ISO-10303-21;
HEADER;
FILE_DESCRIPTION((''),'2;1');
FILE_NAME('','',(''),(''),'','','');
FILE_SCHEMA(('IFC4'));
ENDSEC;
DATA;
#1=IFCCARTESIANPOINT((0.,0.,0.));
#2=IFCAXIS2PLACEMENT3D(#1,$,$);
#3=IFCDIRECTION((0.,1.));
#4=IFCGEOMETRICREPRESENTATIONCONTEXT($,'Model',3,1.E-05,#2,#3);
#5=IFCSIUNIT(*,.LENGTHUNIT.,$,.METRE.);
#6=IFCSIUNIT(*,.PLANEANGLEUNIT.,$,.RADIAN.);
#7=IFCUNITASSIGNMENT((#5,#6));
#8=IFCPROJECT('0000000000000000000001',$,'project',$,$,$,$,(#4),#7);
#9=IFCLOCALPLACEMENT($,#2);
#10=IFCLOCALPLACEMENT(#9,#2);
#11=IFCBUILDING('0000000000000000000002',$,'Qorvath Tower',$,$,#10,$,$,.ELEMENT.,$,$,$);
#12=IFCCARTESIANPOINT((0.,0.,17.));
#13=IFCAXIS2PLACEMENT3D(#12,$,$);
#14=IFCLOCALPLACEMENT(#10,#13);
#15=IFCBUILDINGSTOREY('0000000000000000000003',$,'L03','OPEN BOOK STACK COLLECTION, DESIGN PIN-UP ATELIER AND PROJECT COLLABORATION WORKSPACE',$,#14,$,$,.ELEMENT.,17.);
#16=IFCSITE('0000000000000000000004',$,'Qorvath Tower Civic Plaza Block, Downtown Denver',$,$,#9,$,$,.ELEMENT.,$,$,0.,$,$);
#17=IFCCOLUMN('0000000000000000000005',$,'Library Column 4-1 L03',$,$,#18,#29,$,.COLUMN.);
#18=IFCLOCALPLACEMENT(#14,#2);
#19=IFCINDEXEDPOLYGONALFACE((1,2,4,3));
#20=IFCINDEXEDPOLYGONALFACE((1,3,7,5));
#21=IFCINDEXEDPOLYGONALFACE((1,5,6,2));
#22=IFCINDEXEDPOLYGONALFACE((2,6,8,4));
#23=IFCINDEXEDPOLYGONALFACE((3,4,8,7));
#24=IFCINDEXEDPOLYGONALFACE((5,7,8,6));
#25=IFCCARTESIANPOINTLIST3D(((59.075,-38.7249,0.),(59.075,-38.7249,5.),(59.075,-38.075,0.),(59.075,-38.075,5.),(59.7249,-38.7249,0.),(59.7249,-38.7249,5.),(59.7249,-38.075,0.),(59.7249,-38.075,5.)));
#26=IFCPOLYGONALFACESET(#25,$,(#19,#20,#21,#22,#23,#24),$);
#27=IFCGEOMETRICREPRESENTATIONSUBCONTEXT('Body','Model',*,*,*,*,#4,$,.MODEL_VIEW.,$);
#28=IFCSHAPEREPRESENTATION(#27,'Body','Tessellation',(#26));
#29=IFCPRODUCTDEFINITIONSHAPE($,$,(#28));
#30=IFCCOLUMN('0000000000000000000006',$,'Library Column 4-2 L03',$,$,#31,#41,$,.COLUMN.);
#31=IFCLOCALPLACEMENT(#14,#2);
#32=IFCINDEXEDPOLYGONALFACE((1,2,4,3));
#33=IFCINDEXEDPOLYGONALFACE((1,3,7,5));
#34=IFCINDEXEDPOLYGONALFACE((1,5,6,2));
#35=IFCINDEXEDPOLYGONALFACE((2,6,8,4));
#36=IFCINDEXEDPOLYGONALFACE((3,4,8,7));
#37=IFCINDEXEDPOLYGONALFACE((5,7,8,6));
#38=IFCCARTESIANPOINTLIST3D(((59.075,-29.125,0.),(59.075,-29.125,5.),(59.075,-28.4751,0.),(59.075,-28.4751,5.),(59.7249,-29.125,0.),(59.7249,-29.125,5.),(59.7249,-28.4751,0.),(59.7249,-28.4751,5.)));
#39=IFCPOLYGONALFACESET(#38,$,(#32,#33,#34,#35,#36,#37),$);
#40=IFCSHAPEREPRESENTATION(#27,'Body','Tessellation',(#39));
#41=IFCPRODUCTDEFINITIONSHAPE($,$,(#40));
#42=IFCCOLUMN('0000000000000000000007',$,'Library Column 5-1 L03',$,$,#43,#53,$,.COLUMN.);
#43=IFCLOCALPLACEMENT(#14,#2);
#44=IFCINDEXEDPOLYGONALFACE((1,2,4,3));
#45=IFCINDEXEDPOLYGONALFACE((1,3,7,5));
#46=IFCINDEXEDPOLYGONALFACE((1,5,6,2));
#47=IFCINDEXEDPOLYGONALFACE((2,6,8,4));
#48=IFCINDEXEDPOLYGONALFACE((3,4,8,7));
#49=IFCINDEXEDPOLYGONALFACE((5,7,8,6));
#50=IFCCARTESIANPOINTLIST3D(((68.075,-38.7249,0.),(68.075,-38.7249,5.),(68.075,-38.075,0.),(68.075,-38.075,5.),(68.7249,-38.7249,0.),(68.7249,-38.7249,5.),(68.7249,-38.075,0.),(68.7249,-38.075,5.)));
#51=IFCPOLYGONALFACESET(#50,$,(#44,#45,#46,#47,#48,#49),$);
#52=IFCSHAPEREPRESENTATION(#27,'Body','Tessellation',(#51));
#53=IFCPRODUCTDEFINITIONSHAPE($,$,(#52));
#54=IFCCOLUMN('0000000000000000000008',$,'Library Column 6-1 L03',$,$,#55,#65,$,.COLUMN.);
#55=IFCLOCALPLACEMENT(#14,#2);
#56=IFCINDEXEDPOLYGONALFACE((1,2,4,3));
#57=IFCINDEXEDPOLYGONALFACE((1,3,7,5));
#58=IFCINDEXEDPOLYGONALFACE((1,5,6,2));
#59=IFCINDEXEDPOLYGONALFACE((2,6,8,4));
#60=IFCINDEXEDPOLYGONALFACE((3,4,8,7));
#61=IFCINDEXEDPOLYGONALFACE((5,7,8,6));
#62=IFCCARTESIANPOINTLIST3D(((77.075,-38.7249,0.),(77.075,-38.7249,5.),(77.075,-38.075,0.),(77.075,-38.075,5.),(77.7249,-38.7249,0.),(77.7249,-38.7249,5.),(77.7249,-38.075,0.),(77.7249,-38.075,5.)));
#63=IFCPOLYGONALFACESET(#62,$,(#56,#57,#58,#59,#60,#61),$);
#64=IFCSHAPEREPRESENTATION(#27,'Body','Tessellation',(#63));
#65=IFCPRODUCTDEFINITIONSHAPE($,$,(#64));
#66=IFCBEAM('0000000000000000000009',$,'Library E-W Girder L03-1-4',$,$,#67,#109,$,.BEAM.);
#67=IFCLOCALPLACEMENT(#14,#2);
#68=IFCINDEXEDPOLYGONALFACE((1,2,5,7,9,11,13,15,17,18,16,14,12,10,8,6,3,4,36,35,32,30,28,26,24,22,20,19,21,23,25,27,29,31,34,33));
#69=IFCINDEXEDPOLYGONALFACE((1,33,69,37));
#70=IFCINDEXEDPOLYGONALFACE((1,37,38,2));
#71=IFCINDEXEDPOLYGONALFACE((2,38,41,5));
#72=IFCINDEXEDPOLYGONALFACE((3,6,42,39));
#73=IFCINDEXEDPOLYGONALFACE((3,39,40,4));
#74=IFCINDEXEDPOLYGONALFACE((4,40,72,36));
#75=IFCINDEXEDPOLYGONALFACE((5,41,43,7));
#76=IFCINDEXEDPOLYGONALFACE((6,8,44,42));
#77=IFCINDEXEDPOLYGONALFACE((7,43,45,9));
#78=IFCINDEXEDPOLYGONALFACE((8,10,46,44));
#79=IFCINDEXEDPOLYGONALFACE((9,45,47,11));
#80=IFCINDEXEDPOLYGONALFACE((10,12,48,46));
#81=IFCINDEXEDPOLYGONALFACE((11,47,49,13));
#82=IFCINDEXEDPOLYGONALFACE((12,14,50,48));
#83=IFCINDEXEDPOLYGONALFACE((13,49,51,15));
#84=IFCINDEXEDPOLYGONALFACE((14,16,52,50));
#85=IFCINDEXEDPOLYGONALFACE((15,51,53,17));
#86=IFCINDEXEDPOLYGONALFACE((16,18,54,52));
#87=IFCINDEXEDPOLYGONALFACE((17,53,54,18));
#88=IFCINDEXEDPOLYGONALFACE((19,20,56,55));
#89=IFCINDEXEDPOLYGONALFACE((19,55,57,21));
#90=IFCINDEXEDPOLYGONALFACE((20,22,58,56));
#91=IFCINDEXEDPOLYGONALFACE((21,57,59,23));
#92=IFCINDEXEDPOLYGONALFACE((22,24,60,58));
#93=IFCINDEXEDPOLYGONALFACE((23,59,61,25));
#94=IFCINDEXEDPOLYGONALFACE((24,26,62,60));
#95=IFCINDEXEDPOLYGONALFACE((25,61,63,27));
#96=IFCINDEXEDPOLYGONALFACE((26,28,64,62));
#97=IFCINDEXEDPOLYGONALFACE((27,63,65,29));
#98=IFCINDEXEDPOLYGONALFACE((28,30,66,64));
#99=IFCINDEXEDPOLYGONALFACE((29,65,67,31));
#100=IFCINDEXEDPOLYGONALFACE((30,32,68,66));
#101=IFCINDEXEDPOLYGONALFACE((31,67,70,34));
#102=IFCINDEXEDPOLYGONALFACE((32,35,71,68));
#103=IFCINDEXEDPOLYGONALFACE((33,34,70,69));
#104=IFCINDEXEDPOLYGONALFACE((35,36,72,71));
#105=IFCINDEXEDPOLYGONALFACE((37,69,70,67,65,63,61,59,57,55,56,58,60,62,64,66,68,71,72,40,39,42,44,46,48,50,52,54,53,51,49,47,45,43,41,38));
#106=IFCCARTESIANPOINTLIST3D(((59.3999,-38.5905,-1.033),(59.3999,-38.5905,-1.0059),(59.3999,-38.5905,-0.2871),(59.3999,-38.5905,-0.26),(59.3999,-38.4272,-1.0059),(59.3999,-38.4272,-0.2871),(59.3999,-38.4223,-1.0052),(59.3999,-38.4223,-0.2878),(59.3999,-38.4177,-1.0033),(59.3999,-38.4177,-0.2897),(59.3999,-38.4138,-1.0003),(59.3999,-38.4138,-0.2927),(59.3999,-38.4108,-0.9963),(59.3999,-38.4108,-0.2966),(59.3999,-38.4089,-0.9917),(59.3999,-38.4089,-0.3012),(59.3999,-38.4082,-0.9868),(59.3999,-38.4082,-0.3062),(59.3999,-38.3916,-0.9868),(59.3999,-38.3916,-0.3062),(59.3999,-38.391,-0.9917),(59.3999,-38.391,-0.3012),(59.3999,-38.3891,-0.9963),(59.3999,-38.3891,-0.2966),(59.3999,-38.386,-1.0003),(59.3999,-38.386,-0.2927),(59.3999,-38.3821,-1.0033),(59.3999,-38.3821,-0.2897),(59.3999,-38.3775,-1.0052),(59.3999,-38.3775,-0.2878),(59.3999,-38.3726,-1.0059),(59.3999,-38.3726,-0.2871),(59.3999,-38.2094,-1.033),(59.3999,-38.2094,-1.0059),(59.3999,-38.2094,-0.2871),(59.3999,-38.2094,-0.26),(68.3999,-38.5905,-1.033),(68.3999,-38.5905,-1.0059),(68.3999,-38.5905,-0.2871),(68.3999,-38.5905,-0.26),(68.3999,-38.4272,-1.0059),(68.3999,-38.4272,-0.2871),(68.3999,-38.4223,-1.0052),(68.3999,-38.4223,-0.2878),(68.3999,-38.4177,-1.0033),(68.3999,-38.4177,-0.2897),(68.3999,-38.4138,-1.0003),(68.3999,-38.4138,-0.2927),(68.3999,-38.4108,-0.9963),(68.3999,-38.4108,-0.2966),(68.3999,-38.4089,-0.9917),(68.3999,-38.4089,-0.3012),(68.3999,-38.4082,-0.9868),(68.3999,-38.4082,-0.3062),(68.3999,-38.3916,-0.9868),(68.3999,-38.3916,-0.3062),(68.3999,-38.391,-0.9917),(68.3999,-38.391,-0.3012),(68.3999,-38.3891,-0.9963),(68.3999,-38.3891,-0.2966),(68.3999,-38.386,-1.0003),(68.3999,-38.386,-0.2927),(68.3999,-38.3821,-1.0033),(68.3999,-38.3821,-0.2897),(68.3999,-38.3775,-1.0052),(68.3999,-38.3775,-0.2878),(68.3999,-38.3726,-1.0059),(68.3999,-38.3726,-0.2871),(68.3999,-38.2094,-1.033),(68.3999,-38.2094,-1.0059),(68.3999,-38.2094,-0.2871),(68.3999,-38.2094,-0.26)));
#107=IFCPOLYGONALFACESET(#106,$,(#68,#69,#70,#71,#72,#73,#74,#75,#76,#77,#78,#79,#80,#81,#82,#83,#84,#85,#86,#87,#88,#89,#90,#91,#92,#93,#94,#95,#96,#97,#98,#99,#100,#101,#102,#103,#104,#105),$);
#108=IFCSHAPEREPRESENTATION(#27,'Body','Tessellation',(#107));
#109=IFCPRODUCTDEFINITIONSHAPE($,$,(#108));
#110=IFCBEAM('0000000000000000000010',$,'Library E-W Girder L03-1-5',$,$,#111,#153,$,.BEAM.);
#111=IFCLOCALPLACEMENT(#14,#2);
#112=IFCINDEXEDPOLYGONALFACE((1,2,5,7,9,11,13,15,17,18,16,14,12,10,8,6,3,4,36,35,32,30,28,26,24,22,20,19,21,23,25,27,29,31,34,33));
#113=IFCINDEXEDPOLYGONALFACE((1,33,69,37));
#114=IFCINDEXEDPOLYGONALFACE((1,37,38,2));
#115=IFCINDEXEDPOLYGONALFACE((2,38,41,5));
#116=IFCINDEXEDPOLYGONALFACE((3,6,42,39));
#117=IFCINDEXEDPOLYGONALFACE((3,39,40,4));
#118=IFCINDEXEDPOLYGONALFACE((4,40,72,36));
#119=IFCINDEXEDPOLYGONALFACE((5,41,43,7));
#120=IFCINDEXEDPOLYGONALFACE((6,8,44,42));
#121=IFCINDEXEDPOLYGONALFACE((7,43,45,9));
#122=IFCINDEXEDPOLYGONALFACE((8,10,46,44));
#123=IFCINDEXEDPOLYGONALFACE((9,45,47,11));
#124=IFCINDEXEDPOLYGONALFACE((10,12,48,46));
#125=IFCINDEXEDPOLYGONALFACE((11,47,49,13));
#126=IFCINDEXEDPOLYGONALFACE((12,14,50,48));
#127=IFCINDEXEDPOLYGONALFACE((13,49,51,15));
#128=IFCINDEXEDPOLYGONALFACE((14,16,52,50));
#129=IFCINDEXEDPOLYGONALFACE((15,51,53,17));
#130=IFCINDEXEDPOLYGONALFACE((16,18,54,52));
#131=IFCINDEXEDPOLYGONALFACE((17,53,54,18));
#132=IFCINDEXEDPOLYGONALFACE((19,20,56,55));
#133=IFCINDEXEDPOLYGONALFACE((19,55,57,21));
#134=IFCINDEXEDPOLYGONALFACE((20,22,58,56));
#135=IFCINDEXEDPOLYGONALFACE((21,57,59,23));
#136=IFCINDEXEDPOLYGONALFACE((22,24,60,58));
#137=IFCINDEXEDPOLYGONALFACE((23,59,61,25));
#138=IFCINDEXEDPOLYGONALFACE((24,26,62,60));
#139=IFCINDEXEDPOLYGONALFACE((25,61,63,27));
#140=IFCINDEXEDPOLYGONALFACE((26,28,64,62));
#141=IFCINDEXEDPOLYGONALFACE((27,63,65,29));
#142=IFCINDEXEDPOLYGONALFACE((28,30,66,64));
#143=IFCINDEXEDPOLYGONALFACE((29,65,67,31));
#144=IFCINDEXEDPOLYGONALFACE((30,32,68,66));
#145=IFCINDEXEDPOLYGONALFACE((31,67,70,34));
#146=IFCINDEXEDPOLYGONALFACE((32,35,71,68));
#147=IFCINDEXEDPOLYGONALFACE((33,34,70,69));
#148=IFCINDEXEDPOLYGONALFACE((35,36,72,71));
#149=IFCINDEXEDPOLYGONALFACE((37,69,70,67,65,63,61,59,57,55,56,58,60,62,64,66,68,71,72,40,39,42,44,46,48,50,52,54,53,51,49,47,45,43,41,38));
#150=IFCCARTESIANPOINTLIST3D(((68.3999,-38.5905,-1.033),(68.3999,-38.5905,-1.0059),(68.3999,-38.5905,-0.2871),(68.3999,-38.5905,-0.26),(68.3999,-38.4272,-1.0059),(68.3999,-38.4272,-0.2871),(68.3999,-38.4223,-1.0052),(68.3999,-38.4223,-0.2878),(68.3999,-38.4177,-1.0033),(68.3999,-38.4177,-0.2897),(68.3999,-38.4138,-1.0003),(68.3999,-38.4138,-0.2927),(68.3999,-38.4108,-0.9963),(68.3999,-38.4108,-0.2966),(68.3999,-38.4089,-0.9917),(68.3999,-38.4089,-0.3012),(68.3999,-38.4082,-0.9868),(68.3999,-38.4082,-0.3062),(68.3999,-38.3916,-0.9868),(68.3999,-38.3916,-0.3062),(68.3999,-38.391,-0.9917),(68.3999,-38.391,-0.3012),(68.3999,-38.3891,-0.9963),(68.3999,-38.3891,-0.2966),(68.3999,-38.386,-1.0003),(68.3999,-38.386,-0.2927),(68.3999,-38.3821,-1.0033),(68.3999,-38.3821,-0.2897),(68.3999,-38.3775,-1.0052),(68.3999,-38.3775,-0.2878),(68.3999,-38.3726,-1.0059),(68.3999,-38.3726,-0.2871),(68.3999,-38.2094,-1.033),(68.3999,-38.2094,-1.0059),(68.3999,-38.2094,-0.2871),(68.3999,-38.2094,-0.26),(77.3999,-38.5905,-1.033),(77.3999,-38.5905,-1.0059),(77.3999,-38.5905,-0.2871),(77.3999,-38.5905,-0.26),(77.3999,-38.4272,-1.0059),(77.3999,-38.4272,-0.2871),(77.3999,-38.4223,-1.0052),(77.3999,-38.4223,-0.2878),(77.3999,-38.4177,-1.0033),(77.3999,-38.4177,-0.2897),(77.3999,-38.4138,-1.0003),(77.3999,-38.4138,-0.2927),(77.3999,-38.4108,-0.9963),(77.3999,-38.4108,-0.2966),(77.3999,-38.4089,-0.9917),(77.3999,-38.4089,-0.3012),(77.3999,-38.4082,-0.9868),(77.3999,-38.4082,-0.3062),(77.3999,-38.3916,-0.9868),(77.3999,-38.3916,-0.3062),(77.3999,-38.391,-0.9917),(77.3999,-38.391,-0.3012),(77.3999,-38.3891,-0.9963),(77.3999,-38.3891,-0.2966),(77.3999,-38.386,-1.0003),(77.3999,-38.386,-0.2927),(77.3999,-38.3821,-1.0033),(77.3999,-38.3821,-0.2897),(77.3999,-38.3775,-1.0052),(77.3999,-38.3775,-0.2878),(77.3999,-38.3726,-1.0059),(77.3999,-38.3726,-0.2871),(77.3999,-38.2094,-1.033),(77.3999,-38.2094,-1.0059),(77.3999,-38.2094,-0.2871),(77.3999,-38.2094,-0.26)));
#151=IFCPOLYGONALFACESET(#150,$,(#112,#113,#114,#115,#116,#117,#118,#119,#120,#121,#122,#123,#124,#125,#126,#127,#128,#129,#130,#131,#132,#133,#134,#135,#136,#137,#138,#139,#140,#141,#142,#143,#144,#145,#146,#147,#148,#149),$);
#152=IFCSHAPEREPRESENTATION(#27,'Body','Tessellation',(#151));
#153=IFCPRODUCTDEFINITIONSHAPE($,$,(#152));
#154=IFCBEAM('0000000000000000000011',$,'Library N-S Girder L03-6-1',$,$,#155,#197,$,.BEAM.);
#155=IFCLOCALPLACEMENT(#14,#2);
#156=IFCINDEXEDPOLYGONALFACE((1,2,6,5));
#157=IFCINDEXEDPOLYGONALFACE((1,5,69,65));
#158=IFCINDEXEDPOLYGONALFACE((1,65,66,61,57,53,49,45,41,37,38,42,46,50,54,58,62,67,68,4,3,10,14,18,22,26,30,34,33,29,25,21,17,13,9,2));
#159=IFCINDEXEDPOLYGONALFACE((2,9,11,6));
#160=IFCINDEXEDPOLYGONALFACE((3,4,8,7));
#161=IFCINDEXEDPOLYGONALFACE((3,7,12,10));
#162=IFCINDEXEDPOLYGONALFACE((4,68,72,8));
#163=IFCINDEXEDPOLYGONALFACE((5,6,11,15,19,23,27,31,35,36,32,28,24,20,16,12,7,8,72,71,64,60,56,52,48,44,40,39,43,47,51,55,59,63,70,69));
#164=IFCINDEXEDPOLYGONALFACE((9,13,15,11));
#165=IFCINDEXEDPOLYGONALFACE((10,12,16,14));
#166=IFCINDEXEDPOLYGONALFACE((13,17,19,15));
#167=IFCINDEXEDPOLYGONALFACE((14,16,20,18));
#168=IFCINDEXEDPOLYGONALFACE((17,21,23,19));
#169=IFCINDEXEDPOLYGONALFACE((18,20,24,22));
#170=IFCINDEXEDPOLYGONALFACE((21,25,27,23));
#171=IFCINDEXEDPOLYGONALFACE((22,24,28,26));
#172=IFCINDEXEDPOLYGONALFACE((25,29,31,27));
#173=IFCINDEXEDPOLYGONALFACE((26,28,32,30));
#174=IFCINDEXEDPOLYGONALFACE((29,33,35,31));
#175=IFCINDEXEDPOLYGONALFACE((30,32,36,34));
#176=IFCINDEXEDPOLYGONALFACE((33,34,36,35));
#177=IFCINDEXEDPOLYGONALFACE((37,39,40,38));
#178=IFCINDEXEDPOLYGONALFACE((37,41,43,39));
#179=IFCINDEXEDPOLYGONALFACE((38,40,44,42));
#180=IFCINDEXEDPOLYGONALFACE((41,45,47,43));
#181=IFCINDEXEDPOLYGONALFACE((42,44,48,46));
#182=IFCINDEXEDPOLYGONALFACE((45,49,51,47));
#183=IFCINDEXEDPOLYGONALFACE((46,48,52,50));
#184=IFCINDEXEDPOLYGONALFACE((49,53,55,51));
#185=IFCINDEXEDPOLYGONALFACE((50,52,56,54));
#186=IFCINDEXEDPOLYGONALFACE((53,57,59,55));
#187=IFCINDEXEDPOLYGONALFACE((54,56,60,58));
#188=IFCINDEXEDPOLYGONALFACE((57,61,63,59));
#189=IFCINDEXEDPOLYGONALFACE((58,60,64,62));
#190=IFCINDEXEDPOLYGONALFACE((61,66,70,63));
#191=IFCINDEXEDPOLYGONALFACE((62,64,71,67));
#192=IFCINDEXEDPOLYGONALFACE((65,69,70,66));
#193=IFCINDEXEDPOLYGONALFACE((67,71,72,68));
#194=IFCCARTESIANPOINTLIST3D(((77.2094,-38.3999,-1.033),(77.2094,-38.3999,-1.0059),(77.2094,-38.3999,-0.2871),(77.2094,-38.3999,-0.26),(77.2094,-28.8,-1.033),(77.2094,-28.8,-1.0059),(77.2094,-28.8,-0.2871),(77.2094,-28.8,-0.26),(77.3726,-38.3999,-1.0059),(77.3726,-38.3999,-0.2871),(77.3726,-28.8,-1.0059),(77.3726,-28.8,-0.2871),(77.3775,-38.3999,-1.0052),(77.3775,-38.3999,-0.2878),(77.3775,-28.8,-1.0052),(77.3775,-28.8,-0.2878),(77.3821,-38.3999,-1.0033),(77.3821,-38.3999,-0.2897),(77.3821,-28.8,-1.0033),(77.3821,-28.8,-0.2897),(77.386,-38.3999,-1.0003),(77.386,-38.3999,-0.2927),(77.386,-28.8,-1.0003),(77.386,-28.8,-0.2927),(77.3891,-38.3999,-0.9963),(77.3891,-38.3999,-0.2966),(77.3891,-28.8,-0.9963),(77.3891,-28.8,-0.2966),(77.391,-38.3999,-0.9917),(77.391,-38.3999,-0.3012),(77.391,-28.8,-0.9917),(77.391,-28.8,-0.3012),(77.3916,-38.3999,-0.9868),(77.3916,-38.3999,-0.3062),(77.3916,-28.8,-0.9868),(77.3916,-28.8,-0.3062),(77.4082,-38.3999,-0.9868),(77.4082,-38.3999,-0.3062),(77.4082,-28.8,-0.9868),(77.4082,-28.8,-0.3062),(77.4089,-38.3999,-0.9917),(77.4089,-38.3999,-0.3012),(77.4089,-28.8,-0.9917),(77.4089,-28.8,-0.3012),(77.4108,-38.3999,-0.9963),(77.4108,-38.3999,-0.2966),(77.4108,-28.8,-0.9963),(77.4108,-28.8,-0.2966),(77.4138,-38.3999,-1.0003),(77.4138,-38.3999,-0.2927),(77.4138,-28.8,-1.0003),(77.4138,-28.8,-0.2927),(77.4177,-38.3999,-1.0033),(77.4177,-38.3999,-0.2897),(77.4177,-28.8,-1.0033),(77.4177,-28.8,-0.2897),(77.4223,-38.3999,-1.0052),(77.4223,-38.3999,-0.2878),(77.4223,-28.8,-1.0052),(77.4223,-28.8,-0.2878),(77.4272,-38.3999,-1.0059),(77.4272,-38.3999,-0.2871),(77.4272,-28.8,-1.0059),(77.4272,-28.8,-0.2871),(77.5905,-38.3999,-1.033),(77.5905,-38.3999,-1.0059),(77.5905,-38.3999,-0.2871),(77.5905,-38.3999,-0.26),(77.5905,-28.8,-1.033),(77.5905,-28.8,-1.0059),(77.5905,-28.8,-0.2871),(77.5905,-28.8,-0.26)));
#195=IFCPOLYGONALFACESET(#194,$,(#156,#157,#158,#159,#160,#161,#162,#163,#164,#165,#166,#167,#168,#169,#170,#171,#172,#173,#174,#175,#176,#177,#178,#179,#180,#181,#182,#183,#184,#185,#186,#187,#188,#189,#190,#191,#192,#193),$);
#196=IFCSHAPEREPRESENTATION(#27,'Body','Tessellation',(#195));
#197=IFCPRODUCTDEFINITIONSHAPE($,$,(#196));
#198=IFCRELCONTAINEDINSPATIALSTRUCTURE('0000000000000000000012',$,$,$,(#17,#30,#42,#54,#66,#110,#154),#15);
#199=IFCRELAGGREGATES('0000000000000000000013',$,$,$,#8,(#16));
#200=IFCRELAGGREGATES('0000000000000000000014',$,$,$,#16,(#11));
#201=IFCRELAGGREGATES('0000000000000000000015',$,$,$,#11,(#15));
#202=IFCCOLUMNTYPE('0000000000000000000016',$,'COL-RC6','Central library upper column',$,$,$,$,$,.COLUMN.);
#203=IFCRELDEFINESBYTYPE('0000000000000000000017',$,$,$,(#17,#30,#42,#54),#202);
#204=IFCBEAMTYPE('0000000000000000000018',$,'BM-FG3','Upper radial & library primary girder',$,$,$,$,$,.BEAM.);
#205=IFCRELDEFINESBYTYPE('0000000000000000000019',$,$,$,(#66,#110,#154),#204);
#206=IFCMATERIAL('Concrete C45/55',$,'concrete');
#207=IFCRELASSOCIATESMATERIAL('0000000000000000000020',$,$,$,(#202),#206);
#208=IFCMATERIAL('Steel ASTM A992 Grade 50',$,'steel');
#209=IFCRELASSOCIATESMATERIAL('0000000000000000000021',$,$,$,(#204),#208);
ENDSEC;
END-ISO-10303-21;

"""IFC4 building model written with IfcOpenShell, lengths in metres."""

from ifc_helpers import new_model, si_unit, direction, frame, origin, origin_2d, place, context, subcontext, project, spatial, rectangle, i_section, extrude, material, material_profile, profile_set, type_object, element, save


model = new_model("IFC4")

# Units and contexts
model_context = context("Model", 3, precision=1e-05, world=origin(), true_north=direction((0.0, 1.0)))
body_context = subcontext(model_context, "Body", "Model", "MODEL_VIEW")
ifc_project = project(units=[si_unit("LENGTHUNIT", "METRE"), si_unit("PLANEANGLEUNIT", "RADIAN")], contexts=[model_context])

# Site, building, storey
site_placement = place(None, origin())
site = spatial("IfcSite", under=ifc_project, at=site_placement, Name="Qorvath Tower Civic Plaza Block, Downtown Denver", CompositionType="ELEMENT", RefElevation=0.0)
building_placement = place(site_placement, origin())
building = spatial("IfcBuilding", under=site, at=building_placement, Name="Qorvath Tower", CompositionType="ELEMENT")
storey_placement = place(building_placement, frame((0.0, 0.0, 17.0)))
storey = spatial("IfcBuildingStorey", under=building, at=storey_placement, Name="L03", Description="OPEN BOOK STACK COLLECTION, DESIGN PIN-UP ATELIER AND PROJECT COLLABORATION WORKSPACE", CompositionType="ELEMENT", Elevation=17.0)

# Columns
ifc_material_1 = material(Name="Concrete C45/55", Category="concrete")
ifc_material_profile_1 = material_profile(ifc_material_1, rectangle(XDim=0.6499, YDim=0.6499, at=origin_2d()), Name="RC 650x650")
ifc_profile_set_1 = profile_set([ifc_material_profile_1], Name="Concrete C45/55")
column_type = type_object("IfcColumnType", Name="COL-RC6", Description="Central library upper column", PredefinedType="COLUMN", material=ifc_profile_set_1)
for number, where, z_axis, x_axis, name in (
    (1, (59.3999, -38.3999, 0.0), (0.0, 0.0, 1.0), (1.0, 0.0, 0.0), "Library Column 4-1 L03"),
    (2, (59.3999, -28.8, 0.0), (0.0, 0.0, 1.0), (1.0, 0.0, 0.0), "Library Column 4-2 L03"),
    (3, (68.3999, -38.3999, 0.0), (0.0, 0.0, 1.0), (1.0, 0.0, 0.0), "Library Column 5-1 L03"),
    (4, (77.3999, -38.3999, 0.0), (0.0, 0.0, 1.0), (1.0, 0.0, 0.0), "Library Column 6-1 L03"),
):
    element("IfcColumn", number, at=place(storey_placement, frame(where, z_axis=z_axis, x_axis=x_axis)), inside=storey, type_object=column_type, Name=name, PredefinedType="COLUMN", context=body_context, shape_type="SweptSolid", body=[
        extrude(rectangle(XDim=0.6499, YDim=0.6499, at=origin_2d()), origin(), (0.0, 0.0, 1.0), 5.0),
    ])

# Beams
ifc_material_2 = material(Name="Steel ASTM A992 Grade 50", Category="steel")
ifc_material_profile_2 = material_profile(ifc_material_2, i_section(OverallWidth=0.3811, OverallDepth=0.7729, WebThickness=0.0166, FlangeThickness=0.0271, FilletRadius=0.019, at=origin_2d()), Name="W30x173")
ifc_profile_set_2 = profile_set([ifc_material_profile_2], Name="Steel ASTM A992 Grade 50")
beam_type_1 = type_object("IfcBeamType", Name="BM-FG3", Description="Upper radial & library primary girder", PredefinedType="BEAM", material=ifc_profile_set_2)
for number, where, z_axis, x_axis, name in (
    (5, (59.3999, -38.3999, -0.6465), (1.0, 0.0, 0.0), (0.0, 1.0, 0.0), "Library E-W Girder L03-1-4"),
    (6, (68.3999, -38.3999, -0.6465), (1.0, 0.0, 0.0), (0.0, 1.0, 0.0), "Library E-W Girder L03-1-5"),
):
    element("IfcBeam", number, at=place(storey_placement, frame(where, z_axis=z_axis, x_axis=x_axis)), inside=storey, type_object=beam_type_1, Name=name, PredefinedType="BEAM", context=body_context, shape_type="SweptSolid", body=[
        extrude(i_section(OverallWidth=0.3811, OverallDepth=0.7729, WebThickness=0.0166, FlangeThickness=0.0271, FilletRadius=0.019, at=origin_2d()), origin(), (0.0, 0.0, 1.0), 9.0),
    ])
beam_1_placement = place(storey_placement, frame((77.3999, -38.3999, -0.6465), z_axis=(0.0, 1.0, 0.0), x_axis=(-1.0, 0.0, 0.0)))
element("IfcBeam", 7, at=beam_1_placement, inside=storey, type_object=beam_type_1, Name="Library N-S Girder L03-6-1", PredefinedType="BEAM", context=body_context, shape_type="SweptSolid", body=[
    extrude(i_section(OverallWidth=0.3811, OverallDepth=0.7729, WebThickness=0.0166, FlangeThickness=0.0271, FilletRadius=0.019, at=origin_2d()), origin(), (0.0, 0.0, 1.0), 9.5999),
])

save(model, "model.ifc")
